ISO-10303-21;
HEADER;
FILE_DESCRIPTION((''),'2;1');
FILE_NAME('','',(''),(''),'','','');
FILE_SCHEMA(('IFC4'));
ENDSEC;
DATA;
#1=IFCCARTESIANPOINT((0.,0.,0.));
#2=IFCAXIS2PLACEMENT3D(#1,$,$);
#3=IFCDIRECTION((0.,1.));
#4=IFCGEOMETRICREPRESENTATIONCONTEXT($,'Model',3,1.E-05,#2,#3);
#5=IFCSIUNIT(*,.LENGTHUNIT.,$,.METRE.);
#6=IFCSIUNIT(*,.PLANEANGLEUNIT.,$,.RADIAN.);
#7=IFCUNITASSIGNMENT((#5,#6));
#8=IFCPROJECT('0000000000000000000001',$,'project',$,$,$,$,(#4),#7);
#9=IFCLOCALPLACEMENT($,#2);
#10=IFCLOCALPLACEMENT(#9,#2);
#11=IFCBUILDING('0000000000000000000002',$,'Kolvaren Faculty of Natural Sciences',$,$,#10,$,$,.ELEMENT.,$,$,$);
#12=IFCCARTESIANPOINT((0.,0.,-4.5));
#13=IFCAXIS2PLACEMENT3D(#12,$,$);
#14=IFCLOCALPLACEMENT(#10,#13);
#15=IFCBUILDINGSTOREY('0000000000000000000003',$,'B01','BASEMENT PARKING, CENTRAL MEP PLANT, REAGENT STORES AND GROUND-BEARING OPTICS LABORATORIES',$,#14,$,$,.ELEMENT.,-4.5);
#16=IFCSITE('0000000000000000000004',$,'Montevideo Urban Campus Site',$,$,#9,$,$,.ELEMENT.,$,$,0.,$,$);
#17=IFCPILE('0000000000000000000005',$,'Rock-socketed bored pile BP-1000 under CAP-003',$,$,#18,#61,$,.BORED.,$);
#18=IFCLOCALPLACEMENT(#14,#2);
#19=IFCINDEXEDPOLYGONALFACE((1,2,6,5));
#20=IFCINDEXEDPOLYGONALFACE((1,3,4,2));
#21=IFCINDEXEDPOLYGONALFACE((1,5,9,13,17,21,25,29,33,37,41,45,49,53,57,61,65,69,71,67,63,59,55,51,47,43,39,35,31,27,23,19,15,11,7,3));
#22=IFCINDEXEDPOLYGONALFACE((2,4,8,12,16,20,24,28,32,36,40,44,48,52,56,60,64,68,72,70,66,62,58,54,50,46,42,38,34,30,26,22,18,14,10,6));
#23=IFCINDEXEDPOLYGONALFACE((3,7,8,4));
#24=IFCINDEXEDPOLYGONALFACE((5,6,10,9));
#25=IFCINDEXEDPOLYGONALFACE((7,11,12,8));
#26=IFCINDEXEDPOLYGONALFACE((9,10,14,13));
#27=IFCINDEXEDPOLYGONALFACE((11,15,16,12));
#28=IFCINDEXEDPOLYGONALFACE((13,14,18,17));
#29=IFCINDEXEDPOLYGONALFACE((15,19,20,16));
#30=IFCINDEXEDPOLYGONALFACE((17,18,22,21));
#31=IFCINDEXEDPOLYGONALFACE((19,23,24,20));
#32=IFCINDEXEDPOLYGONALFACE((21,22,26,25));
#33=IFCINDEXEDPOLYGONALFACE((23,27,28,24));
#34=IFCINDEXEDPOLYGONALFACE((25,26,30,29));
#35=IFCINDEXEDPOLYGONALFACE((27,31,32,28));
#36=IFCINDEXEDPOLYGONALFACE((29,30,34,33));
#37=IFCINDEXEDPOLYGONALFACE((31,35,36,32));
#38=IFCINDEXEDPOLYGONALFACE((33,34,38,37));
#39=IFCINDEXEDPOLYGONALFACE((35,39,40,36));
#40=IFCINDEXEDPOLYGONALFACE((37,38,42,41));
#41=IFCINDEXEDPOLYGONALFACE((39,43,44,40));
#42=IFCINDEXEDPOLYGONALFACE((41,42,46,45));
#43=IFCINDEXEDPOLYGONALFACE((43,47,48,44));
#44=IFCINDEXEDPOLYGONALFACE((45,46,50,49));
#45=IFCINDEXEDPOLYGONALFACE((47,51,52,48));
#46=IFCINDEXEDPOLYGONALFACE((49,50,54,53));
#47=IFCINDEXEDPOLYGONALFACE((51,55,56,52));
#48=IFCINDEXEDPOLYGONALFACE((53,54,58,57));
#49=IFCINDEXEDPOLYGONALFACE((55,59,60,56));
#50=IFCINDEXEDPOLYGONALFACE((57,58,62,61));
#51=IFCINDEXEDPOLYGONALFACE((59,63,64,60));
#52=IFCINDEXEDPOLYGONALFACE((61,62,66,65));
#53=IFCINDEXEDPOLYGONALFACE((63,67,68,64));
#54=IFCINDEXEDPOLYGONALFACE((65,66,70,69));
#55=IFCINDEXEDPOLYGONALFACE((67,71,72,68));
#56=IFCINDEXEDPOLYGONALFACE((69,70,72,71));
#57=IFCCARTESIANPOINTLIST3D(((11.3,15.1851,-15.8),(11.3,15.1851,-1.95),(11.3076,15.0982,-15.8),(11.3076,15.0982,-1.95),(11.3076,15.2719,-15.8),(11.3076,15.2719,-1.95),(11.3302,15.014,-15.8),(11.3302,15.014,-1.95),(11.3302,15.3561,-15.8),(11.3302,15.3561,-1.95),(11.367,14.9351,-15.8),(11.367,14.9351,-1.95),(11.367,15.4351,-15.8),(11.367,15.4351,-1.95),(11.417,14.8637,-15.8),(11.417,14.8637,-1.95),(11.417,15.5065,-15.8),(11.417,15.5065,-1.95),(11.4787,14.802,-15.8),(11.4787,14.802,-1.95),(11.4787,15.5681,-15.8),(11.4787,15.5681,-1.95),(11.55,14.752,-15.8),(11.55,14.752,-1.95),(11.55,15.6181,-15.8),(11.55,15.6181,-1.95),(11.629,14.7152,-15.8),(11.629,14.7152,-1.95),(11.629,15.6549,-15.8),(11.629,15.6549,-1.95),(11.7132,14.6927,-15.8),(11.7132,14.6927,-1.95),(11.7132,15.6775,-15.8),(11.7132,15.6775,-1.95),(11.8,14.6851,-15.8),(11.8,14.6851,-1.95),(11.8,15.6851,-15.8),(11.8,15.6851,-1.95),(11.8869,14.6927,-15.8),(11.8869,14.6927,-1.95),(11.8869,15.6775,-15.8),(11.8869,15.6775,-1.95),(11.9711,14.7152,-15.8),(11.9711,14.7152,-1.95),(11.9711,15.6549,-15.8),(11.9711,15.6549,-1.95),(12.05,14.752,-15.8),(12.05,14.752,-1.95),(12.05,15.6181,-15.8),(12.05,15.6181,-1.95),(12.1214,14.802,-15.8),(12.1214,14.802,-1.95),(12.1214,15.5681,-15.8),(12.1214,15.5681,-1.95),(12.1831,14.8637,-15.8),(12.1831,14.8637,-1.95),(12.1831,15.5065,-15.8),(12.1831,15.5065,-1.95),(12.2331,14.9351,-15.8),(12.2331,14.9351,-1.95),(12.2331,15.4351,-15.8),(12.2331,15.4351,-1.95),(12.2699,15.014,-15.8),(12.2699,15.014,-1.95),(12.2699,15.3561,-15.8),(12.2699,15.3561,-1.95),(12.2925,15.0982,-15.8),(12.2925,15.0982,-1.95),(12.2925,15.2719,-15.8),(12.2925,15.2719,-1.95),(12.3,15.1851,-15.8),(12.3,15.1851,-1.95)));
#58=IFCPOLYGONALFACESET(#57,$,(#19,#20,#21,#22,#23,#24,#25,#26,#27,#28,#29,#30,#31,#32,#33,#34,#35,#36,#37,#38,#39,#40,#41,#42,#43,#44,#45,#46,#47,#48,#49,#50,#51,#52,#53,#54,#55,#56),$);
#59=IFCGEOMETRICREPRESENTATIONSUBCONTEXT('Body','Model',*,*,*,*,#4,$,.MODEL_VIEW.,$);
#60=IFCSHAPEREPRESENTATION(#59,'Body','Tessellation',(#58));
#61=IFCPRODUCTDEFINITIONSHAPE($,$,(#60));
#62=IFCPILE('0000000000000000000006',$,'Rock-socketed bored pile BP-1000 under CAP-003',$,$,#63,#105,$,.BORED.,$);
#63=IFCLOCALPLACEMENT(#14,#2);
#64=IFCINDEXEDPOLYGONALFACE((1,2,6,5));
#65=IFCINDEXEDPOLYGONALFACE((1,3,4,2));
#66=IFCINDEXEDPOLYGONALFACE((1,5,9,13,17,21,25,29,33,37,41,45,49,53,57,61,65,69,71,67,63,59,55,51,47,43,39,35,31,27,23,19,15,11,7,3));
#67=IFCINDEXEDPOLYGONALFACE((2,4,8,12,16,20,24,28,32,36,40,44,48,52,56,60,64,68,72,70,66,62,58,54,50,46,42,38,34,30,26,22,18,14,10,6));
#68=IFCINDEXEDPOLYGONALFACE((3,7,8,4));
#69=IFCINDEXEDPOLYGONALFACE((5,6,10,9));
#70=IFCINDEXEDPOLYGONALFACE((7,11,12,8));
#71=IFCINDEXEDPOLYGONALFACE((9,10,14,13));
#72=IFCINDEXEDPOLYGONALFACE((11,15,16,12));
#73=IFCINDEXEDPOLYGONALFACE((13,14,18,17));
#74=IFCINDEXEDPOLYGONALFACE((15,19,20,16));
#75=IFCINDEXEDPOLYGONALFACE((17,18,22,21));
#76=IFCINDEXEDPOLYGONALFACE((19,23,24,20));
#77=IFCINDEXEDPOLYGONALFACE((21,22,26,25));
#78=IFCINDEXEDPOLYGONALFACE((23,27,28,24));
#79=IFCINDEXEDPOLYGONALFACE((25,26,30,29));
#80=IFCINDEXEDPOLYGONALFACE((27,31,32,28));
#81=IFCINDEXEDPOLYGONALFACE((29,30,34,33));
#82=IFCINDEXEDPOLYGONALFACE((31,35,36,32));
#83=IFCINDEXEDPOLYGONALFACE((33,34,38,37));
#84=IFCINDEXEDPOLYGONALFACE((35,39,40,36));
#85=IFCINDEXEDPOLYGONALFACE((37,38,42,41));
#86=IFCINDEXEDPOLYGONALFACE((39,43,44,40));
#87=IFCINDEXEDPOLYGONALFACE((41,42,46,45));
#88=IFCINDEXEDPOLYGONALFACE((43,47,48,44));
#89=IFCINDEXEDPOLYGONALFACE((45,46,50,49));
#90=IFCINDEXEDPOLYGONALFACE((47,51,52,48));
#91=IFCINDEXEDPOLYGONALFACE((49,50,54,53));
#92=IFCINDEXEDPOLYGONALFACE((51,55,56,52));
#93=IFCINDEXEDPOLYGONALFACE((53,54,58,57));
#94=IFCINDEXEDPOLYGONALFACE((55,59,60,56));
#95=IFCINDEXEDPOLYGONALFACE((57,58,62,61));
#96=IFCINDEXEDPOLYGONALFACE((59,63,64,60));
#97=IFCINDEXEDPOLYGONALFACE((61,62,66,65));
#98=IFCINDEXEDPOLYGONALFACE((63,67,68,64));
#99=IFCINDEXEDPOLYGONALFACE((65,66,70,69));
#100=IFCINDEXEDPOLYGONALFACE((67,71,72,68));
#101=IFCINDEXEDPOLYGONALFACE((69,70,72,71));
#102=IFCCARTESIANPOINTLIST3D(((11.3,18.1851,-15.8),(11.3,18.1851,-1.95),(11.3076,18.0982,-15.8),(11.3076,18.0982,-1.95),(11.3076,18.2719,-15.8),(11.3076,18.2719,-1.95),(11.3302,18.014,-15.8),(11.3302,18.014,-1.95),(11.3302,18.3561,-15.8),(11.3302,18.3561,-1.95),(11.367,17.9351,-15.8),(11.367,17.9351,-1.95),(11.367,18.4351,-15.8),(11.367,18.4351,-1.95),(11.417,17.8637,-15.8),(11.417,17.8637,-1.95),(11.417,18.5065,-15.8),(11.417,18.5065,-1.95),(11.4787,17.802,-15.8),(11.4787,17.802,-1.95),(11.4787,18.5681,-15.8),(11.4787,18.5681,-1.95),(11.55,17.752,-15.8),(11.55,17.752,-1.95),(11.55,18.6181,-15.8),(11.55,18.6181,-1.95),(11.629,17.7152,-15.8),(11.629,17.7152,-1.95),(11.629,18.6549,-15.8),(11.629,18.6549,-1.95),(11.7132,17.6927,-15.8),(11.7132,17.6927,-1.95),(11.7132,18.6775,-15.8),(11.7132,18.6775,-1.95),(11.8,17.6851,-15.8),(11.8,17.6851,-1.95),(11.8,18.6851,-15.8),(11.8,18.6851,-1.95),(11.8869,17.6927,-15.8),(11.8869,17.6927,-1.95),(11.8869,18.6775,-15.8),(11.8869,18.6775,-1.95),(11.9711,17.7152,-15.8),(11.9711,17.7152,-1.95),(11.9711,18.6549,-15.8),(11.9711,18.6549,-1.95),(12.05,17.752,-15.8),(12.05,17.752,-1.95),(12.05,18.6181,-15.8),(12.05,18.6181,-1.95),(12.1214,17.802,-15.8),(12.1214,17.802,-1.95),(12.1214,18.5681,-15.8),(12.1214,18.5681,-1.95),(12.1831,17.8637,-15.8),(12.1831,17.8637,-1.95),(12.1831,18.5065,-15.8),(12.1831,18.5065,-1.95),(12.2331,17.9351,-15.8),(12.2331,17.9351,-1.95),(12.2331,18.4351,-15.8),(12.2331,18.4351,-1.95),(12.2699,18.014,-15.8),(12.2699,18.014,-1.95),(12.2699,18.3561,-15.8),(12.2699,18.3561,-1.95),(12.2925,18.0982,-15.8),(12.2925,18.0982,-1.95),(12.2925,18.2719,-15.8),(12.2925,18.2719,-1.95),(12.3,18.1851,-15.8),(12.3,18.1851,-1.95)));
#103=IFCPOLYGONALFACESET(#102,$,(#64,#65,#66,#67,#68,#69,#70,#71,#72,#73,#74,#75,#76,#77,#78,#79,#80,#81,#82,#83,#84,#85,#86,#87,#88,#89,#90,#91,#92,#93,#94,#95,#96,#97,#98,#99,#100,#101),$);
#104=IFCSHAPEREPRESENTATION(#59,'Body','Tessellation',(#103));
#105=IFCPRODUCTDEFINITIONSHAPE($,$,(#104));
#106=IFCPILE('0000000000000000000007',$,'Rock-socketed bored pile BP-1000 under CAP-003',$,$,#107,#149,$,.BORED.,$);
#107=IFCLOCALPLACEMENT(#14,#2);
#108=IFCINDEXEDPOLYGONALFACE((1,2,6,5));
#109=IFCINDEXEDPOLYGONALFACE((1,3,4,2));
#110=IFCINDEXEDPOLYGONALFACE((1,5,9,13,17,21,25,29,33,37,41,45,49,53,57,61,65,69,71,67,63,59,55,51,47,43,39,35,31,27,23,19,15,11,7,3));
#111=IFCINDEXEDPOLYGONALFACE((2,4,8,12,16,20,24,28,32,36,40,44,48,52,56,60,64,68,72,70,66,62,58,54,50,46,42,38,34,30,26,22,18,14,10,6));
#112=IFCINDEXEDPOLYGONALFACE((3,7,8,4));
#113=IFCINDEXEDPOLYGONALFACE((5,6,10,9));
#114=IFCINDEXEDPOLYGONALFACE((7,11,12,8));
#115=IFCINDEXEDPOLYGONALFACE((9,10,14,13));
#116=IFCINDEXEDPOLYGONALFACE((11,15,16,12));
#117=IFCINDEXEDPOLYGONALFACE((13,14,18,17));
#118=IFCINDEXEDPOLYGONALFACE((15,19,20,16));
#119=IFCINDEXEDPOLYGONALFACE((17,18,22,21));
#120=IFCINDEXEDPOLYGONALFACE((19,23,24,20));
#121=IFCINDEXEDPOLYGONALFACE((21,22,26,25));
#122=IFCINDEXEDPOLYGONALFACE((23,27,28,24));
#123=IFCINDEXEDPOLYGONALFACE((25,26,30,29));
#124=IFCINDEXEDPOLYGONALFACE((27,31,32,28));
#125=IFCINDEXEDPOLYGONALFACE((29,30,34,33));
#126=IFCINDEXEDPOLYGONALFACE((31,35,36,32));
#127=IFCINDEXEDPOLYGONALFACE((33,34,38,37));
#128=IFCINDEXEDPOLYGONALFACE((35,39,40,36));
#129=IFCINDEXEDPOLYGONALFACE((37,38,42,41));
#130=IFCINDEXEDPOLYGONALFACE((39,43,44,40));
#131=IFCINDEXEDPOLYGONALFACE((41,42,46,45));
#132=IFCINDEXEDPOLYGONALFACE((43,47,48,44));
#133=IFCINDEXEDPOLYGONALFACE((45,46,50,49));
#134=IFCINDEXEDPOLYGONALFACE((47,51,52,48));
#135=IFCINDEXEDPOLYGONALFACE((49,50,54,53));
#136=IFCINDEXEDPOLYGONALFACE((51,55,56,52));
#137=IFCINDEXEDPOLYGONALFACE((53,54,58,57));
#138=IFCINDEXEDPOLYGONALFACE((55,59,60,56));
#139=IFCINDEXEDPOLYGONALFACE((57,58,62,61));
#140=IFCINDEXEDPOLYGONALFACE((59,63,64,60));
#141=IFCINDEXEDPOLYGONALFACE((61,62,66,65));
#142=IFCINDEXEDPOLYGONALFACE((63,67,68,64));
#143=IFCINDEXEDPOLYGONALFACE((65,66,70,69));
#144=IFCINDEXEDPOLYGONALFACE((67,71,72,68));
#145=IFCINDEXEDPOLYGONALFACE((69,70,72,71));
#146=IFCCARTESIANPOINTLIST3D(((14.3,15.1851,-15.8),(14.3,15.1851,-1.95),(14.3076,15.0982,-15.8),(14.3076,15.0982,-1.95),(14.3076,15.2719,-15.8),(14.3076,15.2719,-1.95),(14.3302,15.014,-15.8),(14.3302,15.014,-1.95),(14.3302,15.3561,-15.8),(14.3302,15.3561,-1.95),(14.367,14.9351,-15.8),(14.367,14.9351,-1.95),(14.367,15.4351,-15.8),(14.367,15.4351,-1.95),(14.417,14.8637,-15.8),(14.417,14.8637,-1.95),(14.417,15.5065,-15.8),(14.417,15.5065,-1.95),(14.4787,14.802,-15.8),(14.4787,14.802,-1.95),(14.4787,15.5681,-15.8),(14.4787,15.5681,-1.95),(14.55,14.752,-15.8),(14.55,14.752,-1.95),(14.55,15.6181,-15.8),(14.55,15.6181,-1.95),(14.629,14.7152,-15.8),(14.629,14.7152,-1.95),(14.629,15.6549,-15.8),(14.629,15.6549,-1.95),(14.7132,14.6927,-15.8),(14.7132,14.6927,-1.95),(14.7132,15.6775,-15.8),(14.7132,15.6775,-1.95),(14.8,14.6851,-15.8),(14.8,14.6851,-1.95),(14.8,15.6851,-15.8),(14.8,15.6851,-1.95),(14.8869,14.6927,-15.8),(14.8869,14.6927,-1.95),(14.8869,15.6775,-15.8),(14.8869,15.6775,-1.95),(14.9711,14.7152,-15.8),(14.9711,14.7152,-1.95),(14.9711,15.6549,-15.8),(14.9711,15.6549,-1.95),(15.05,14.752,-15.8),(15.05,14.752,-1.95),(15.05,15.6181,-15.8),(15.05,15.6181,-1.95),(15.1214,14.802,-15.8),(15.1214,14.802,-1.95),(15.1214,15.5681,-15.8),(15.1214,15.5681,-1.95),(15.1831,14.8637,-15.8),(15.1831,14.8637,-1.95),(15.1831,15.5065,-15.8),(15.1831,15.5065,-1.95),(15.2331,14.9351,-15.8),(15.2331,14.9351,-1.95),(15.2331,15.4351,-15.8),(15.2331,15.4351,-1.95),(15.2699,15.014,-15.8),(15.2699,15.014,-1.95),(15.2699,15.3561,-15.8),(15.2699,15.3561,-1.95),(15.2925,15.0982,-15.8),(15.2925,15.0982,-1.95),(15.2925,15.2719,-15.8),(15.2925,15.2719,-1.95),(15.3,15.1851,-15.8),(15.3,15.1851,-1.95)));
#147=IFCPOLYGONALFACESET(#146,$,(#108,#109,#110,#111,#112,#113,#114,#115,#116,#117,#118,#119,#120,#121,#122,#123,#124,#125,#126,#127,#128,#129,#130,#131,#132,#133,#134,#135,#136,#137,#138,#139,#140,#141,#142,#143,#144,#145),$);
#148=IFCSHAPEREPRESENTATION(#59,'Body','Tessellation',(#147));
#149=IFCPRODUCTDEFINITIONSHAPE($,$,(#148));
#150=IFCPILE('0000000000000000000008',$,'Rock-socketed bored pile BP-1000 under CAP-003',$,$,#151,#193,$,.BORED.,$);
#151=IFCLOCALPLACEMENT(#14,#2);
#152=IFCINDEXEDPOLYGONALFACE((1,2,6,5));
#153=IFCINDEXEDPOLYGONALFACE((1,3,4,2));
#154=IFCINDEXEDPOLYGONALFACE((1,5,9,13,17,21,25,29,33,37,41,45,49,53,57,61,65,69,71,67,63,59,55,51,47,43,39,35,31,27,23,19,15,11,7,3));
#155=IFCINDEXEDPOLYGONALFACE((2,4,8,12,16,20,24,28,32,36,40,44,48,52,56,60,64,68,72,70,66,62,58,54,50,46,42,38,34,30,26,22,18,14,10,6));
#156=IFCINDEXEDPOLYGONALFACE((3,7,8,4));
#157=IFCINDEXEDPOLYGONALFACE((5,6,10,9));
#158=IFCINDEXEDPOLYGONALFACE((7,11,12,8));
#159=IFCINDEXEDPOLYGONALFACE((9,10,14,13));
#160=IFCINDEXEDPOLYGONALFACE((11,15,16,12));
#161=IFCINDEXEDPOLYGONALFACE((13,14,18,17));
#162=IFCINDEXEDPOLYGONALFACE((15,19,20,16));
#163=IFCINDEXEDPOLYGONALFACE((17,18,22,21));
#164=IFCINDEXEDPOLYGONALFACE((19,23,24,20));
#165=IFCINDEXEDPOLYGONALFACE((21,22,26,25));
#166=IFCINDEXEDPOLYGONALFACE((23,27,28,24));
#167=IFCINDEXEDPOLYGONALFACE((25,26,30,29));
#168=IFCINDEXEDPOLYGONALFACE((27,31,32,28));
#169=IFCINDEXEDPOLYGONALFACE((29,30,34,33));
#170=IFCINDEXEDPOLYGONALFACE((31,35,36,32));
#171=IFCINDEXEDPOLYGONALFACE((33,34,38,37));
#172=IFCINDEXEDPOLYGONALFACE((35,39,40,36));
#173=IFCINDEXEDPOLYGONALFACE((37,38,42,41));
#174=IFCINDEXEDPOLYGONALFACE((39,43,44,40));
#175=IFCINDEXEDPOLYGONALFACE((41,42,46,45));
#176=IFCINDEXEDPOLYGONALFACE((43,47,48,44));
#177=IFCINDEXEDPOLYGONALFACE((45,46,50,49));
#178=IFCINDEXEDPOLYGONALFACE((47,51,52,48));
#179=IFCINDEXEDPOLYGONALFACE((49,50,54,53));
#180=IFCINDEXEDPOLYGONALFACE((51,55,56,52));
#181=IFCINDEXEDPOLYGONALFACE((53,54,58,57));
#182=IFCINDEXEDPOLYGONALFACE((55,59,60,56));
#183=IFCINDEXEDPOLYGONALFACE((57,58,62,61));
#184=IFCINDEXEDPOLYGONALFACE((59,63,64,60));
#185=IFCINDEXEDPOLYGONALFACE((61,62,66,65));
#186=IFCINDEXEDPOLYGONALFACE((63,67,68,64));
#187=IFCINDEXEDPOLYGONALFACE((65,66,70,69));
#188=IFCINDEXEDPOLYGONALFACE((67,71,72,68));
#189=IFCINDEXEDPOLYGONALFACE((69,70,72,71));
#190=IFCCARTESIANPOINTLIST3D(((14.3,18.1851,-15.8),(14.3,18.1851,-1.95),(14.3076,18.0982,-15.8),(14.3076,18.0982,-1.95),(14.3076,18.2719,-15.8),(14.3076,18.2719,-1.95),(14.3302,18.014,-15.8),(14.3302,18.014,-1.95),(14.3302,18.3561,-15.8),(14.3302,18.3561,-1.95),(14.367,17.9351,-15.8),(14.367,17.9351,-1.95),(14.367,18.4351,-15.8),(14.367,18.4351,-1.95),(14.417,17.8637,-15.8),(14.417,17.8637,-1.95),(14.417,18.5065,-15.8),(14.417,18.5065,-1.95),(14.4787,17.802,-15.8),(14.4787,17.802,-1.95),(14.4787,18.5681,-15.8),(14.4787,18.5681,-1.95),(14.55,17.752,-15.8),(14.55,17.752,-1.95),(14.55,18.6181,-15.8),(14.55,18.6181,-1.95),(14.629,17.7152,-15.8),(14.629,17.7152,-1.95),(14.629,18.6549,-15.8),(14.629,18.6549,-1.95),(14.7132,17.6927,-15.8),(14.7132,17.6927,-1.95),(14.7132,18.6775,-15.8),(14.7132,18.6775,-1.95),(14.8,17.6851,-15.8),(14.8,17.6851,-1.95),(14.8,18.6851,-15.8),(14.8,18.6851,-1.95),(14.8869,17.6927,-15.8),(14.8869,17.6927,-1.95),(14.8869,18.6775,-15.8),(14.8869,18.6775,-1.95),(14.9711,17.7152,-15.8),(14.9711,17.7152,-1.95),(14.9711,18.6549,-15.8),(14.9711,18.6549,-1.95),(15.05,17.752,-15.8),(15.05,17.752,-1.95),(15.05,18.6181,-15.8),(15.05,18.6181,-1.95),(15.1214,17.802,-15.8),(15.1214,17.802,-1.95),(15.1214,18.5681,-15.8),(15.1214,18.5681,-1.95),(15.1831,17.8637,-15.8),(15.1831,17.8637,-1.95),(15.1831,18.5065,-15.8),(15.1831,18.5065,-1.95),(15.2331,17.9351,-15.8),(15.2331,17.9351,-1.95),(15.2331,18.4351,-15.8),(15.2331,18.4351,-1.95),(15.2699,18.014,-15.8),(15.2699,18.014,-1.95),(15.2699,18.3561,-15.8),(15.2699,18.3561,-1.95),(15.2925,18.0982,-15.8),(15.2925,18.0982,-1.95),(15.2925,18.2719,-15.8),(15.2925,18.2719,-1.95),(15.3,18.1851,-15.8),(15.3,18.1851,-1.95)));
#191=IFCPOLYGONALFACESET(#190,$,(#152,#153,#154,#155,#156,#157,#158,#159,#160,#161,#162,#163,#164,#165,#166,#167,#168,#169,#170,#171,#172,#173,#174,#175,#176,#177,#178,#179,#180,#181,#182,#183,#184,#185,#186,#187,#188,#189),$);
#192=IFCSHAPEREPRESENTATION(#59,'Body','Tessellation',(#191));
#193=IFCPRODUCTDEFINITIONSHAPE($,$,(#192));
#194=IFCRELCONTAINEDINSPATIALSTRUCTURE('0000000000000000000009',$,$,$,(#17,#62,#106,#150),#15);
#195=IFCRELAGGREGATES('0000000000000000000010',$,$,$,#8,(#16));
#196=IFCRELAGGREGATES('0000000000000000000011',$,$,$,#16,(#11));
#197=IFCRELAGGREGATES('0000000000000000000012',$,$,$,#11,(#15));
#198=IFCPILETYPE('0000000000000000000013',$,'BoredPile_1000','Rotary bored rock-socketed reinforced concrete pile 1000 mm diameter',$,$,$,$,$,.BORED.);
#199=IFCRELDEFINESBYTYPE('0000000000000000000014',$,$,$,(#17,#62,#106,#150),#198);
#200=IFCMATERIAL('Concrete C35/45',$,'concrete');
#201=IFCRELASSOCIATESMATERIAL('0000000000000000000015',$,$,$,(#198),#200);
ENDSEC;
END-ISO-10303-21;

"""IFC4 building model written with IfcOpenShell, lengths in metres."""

from ifc_helpers import new_model, si_unit, direction, frame, origin, origin_2d, place, context, subcontext, project, spatial, circle, extrude, material, material_profile, profile_set, type_object, element, save


model = new_model("IFC4")

# Units and contexts
model_context = context("Model", 3, precision=1e-05, world=origin(), true_north=direction((0.0, 1.0)))
body_context = subcontext(model_context, "Body", "Model", "MODEL_VIEW")
ifc_project = project(units=[si_unit("LENGTHUNIT", "METRE"), si_unit("PLANEANGLEUNIT", "RADIAN")], contexts=[model_context])

# Site, building, storey
site_placement = place(None, origin())
site = spatial("IfcSite", under=ifc_project, at=site_placement, Name="Montevideo Urban Campus Site", CompositionType="ELEMENT", RefElevation=0.0)
building_placement = place(site_placement, origin())
building = spatial("IfcBuilding", under=site, at=building_placement, Name="Kolvaren Faculty of Natural Sciences", CompositionType="ELEMENT")
storey_placement = place(building_placement, frame((0.0, 0.0, -4.5)))
storey = spatial("IfcBuildingStorey", under=building, at=storey_placement, Name="B01", Description="BASEMENT PARKING, CENTRAL MEP PLANT, REAGENT STORES AND GROUND-BEARING OPTICS LABORATORIES", CompositionType="ELEMENT", Elevation=-4.5)

# Piles
ifc_material_1 = material(Name="Concrete C35/45", Category="concrete")
ifc_material_profile_1 = material_profile(ifc_material_1, circle(Radius=0.5, at=origin_2d()), Name="PILE D1000")
ifc_profile_set_1 = profile_set([ifc_material_profile_1], Name="Concrete C35/45")
pile_type_1 = type_object("IfcPileType", Name="BoredPile_1000", Description="Rotary bored rock-socketed reinforced concrete pile 1000 mm diameter", PredefinedType="BORED", material=ifc_profile_set_1)
for number, where, z_axis, x_axis, name in (
    (1, (11.8, 15.1851, -1.95), (0.0, 0.0, -1.0), (1.0, 0.0, 0.0), "Rock-socketed bored pile BP-1000 under CAP-003"),
    (2, (11.8, 18.1851, -1.95), (0.0, 0.0, -1.0), (1.0, 0.0, 0.0), "Rock-socketed bored pile BP-1000 under CAP-003"),
    (3, (14.8, 15.1851, -1.95), (0.0, 0.0, -1.0), (1.0, 0.0, 0.0), "Rock-socketed bored pile BP-1000 under CAP-003"),
    (4, (14.8, 18.1851, -1.95), (0.0, 0.0, -1.0), (1.0, 0.0, 0.0), "Rock-socketed bored pile BP-1000 under CAP-003"),
):
    element("IfcPile", number, at=place(storey_placement, frame(where, z_axis=z_axis, x_axis=x_axis)), inside=storey, type_object=pile_type_1, Name=name, PredefinedType="BORED", context=body_context, shape_type="SweptSolid", body=[
        extrude(circle(Radius=0.5, at=origin_2d()), origin(), (0.0, 0.0, 1.0), 13.8501),
    ])

save(model, "model.ifc")
